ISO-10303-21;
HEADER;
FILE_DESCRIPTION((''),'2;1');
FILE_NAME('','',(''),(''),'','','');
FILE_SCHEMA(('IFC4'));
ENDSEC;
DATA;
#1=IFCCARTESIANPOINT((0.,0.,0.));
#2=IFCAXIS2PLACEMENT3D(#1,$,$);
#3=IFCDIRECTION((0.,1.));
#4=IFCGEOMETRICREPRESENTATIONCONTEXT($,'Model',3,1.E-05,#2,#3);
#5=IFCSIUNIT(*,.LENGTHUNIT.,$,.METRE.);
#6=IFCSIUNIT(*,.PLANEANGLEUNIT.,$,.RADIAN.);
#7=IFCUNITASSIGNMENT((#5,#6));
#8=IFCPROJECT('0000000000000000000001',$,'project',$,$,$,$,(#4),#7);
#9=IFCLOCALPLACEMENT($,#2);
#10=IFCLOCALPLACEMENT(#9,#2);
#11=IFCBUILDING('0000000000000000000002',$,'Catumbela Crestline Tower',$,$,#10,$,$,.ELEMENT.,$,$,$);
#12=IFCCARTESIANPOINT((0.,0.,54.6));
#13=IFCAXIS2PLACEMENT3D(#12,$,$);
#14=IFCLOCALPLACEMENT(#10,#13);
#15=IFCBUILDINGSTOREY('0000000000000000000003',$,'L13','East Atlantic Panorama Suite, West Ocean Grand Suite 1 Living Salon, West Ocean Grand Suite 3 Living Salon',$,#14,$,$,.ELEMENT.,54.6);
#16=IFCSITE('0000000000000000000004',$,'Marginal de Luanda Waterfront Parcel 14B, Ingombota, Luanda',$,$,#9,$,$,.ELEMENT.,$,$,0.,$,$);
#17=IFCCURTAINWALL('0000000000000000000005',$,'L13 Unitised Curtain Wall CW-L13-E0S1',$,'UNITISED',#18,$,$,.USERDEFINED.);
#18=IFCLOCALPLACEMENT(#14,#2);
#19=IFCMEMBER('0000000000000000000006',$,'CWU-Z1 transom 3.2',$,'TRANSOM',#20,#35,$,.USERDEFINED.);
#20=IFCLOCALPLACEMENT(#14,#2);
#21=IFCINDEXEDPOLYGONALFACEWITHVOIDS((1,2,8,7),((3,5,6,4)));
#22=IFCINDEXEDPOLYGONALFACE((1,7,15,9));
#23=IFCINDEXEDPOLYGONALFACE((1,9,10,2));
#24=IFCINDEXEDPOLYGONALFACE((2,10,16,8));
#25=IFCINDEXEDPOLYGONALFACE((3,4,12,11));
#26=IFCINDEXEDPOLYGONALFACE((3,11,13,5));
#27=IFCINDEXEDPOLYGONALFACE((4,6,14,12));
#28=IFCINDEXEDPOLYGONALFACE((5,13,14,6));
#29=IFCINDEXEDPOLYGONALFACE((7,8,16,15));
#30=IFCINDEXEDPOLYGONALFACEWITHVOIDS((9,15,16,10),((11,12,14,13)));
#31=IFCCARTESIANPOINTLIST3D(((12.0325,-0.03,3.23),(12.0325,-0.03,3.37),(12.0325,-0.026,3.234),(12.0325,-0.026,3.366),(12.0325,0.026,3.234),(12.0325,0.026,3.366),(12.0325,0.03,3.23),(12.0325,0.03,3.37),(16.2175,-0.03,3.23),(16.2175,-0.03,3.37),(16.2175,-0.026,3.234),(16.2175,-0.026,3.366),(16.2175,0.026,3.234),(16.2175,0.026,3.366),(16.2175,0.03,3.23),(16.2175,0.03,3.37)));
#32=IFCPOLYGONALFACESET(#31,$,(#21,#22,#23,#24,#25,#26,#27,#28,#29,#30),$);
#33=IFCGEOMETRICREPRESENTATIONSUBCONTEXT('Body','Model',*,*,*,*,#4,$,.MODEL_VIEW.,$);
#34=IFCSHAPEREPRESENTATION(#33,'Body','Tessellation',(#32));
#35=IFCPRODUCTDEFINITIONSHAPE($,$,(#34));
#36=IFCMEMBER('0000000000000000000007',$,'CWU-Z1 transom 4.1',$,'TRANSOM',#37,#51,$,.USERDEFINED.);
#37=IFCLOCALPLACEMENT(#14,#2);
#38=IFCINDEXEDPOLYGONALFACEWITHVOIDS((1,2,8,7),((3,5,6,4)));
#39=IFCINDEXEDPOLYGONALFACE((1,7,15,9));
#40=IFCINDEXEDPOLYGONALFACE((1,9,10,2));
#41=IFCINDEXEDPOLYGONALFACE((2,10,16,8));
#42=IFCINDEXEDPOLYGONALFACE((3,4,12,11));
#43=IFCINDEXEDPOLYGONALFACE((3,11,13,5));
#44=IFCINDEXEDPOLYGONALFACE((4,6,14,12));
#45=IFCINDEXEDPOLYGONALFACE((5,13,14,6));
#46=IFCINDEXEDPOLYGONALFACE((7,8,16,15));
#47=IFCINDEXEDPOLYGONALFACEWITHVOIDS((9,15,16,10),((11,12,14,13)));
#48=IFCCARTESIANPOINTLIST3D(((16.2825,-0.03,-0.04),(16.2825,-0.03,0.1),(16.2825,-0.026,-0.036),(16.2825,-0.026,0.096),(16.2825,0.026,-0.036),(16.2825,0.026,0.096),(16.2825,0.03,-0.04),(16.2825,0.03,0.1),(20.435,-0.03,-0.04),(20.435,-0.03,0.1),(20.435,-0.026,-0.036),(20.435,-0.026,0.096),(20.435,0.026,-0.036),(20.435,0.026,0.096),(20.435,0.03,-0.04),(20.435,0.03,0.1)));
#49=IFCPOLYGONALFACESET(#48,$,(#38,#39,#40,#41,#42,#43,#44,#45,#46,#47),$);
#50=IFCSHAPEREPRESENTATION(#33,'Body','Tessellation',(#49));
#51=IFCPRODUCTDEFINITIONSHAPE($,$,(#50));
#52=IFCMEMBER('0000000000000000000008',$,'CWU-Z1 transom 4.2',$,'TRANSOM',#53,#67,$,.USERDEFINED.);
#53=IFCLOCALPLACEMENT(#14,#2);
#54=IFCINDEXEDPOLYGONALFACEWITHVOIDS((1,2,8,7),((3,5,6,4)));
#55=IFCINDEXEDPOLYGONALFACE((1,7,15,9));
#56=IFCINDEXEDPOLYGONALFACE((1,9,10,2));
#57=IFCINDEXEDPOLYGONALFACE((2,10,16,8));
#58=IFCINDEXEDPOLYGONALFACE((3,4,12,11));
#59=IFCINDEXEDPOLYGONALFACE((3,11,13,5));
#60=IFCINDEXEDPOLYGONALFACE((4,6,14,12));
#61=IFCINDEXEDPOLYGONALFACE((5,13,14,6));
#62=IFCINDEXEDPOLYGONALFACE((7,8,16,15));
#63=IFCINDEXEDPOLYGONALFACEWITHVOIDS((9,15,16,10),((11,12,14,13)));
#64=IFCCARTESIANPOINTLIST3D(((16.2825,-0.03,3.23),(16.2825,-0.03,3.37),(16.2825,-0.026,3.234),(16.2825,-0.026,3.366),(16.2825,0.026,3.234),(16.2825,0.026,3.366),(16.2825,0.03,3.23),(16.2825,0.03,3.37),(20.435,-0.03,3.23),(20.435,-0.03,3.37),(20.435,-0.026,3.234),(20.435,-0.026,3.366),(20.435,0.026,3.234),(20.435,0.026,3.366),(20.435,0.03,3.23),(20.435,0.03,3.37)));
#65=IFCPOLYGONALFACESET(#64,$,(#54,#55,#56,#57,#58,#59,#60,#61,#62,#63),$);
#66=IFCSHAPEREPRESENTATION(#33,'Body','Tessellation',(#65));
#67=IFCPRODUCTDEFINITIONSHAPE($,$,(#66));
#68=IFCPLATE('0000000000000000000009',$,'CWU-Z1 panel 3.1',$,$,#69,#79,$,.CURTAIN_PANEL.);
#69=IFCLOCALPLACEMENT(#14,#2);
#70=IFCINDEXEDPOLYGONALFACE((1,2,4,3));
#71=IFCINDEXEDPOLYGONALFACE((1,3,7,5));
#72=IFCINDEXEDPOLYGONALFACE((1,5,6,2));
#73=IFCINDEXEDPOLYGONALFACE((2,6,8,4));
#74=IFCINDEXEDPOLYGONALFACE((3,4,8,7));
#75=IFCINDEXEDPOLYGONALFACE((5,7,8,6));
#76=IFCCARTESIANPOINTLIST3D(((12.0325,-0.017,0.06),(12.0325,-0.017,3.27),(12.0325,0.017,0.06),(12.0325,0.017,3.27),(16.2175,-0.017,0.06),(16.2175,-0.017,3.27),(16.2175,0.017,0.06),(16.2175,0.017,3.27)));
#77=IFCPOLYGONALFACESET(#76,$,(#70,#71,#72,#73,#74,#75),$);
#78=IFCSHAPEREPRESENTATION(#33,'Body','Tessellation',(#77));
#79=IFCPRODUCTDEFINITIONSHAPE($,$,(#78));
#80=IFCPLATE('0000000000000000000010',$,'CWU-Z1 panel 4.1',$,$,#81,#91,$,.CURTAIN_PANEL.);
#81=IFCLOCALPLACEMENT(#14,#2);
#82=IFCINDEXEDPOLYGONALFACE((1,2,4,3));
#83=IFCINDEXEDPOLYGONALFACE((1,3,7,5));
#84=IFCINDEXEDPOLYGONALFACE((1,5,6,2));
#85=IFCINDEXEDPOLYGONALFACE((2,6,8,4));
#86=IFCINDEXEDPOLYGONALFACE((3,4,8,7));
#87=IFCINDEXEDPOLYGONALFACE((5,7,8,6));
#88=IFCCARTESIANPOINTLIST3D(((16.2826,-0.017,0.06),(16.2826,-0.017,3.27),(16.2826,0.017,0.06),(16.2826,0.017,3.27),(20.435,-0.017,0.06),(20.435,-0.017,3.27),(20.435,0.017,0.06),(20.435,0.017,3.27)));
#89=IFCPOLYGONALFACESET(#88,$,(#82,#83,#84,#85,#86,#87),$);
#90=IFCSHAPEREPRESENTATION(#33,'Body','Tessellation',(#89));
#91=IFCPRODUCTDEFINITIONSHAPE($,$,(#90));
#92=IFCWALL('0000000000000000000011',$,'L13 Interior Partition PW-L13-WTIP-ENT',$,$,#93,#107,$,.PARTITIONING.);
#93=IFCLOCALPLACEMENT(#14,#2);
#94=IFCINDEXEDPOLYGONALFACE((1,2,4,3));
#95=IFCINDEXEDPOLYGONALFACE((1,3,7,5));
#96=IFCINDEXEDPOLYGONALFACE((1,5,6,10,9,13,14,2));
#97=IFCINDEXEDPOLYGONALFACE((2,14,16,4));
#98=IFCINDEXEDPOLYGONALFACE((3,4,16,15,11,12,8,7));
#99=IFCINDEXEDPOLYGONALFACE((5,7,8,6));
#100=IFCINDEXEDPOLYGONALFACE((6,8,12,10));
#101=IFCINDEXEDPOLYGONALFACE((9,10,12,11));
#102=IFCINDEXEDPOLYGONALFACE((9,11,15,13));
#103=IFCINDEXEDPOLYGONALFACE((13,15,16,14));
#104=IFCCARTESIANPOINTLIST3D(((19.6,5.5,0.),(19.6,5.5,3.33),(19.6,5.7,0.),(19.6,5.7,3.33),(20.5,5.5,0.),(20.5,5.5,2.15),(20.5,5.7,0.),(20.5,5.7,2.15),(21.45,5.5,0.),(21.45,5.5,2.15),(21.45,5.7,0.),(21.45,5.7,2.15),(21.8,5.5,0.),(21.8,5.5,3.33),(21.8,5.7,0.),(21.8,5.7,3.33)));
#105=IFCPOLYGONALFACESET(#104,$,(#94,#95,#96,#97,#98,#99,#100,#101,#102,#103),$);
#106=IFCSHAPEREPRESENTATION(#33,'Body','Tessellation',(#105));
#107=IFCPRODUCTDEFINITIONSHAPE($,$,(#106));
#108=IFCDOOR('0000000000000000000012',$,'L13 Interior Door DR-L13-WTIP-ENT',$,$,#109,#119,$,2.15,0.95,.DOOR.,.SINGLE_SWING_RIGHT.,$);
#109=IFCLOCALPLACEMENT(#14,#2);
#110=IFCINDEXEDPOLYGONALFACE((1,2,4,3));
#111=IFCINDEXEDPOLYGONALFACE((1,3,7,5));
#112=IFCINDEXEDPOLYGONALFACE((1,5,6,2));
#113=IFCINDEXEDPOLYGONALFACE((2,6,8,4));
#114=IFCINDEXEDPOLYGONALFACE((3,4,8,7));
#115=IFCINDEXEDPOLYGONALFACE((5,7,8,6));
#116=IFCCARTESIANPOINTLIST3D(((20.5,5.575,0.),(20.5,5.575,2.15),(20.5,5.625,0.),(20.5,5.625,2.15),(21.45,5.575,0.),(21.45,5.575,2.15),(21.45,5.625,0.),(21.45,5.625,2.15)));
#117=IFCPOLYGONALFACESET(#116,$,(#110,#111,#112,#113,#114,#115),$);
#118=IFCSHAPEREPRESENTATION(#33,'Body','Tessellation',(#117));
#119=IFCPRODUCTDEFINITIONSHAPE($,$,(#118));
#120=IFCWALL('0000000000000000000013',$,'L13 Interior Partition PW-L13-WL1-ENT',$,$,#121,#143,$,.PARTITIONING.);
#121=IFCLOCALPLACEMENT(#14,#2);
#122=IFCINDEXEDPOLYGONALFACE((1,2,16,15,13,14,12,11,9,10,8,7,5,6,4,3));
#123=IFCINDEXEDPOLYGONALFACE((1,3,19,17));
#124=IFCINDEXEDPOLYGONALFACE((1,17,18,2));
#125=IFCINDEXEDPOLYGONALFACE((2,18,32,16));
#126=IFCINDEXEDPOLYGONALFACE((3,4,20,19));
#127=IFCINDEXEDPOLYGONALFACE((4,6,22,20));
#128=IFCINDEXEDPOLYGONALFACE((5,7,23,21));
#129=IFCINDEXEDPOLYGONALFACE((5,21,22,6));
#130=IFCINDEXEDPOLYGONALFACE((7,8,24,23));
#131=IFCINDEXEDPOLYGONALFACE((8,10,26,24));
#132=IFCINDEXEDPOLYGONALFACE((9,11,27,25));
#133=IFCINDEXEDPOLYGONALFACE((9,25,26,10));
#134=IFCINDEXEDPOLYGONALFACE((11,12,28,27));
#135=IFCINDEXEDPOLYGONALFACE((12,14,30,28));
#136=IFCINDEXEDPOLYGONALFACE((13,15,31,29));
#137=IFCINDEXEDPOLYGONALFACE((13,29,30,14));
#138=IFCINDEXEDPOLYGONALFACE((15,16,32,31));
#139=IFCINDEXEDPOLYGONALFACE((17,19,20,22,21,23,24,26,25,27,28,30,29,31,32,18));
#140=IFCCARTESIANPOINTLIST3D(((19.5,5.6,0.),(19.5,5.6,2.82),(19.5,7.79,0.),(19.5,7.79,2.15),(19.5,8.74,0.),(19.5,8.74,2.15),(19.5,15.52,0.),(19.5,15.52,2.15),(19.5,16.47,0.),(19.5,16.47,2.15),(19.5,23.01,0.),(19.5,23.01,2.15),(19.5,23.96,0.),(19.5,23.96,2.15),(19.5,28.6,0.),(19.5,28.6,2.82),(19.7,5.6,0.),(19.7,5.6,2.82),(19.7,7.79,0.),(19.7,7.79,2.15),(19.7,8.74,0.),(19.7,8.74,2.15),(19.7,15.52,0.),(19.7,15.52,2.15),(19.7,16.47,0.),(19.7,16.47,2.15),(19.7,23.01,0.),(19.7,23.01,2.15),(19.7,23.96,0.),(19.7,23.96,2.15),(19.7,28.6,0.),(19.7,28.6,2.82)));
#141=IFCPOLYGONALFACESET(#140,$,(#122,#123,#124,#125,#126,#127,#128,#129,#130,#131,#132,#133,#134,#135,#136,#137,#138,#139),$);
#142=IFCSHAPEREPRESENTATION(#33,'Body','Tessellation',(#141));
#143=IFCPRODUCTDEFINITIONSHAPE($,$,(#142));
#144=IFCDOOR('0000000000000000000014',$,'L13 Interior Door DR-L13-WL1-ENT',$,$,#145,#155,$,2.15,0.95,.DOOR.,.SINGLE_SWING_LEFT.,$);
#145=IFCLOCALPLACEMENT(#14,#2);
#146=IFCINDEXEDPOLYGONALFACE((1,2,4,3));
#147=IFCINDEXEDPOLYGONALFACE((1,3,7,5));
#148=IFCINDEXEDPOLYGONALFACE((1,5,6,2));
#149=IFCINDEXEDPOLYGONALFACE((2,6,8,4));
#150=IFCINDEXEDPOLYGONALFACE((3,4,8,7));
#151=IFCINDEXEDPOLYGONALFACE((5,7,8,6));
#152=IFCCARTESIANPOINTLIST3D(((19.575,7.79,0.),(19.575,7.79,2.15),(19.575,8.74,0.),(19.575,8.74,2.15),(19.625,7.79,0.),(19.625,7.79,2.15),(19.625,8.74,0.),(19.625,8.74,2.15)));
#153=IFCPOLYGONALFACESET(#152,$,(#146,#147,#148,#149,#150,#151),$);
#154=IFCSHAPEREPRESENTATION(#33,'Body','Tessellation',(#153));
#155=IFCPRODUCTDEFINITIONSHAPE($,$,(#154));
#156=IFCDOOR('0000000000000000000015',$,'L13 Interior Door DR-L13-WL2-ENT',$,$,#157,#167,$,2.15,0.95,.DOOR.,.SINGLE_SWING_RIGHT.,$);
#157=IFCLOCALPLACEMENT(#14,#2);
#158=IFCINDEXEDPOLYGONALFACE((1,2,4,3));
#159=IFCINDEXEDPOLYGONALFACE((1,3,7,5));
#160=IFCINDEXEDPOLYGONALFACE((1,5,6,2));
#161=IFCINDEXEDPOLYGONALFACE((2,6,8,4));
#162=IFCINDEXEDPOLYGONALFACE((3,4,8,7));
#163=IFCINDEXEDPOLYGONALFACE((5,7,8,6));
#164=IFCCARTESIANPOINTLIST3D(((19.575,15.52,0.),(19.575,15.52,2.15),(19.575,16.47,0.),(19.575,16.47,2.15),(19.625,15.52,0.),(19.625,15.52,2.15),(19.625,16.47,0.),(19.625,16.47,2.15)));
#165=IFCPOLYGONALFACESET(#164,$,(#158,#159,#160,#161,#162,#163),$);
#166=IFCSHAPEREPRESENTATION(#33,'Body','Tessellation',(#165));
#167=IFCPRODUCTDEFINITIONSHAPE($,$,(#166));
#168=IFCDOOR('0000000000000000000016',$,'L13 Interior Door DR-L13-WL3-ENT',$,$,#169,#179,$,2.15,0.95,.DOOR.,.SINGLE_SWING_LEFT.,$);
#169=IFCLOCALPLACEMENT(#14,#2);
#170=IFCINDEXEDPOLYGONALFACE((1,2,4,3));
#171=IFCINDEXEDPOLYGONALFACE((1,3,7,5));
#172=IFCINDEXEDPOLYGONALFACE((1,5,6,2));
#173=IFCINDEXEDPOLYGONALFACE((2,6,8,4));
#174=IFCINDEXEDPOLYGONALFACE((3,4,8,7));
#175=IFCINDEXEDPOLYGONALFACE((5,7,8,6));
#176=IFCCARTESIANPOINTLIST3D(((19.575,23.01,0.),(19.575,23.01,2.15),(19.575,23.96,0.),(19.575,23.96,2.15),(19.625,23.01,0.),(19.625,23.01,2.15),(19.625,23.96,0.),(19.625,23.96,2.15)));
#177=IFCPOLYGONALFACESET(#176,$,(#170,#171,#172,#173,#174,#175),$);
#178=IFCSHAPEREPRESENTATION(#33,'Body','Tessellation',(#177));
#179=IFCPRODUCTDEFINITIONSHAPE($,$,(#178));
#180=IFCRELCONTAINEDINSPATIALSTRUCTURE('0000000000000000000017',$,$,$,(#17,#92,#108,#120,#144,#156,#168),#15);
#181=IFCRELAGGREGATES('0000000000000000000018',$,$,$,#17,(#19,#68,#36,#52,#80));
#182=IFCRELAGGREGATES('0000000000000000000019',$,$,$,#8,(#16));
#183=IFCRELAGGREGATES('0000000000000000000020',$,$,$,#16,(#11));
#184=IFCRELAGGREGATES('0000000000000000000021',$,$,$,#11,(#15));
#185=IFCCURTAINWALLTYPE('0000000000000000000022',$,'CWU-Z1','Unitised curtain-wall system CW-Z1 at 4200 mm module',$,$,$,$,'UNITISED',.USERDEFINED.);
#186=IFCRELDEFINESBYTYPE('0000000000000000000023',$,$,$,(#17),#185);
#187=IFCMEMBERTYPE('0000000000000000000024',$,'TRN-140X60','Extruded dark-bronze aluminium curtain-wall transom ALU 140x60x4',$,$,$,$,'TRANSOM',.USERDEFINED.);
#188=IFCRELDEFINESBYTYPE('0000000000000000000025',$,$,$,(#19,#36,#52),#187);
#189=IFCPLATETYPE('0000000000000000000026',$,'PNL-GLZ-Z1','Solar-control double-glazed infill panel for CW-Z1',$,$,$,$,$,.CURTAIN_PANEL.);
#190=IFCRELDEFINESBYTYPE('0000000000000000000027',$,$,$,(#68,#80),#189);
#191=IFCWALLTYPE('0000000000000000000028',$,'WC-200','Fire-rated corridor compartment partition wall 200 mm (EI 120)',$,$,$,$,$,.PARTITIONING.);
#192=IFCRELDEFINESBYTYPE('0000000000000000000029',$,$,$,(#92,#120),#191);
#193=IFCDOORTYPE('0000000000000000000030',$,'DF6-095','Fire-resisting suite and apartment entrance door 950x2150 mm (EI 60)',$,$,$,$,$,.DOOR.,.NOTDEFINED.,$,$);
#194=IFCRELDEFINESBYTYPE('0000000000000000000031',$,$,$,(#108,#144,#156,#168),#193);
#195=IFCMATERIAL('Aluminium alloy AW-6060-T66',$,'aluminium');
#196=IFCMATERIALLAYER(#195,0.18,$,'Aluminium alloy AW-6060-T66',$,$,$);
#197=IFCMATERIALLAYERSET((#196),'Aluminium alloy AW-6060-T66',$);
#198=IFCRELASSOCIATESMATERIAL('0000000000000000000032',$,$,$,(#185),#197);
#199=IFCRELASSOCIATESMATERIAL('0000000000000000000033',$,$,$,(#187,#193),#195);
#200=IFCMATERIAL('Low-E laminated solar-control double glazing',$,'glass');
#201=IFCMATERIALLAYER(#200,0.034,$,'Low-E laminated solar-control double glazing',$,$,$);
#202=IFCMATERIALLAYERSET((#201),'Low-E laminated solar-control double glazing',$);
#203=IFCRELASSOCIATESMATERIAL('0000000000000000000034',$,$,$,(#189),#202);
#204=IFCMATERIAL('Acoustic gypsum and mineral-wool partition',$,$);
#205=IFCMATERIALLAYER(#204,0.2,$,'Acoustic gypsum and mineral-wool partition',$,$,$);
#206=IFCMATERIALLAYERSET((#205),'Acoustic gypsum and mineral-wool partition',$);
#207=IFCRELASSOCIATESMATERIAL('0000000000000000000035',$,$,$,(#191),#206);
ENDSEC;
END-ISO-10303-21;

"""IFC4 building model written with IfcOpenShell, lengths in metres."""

from ifc_helpers import new_model, si_unit, direction, frame, frame_2d, origin, origin_2d, place, context, subcontext, project, spatial, rectangle, hollow_rectangle, extrude, material, layer, layer_set, material_profile, profile_set, type_object, element, fill, aggregate, save


model = new_model("IFC4")

# Units and contexts
model_context = context("Model", 3, precision=1e-05, world=origin(), true_north=direction((0.0, 1.0)))
body_context = subcontext(model_context, "Body", "Model", "MODEL_VIEW")
ifc_project = project(units=[si_unit("LENGTHUNIT", "METRE"), si_unit("PLANEANGLEUNIT", "RADIAN")], contexts=[model_context])

# Site, building, storey
site_placement = place(None, origin())
site = spatial("IfcSite", under=ifc_project, at=site_placement, Name="Marginal de Luanda Waterfront Parcel 14B, Ingombota, Luanda", CompositionType="ELEMENT", RefElevation=0.0)
building_placement = place(site_placement, origin())
building = spatial("IfcBuilding", under=site, at=building_placement, Name="Catumbela Crestline Tower", CompositionType="ELEMENT")
storey_placement = place(building_placement, frame((0.0, 0.0, 54.6)))
storey = spatial("IfcBuildingStorey", under=building, at=storey_placement, Name="L13", Description="East Atlantic Panorama Suite, West Ocean Grand Suite 1 Living Salon, West Ocean Grand Suite 3 Living Salon", CompositionType="ELEMENT", Elevation=54.6)

# Curtain wall, members, plates
ifc_material_1 = material(Name="Aluminium alloy AW-6060-T66", Category="aluminium")
ifc_layer_1 = layer(ifc_material_1, 0.18, Name="Aluminium alloy AW-6060-T66")
ifc_layer_set_1 = layer_set([ifc_layer_1], Name="Aluminium alloy AW-6060-T66")
curtain_wall_type = type_object("IfcCurtainWallType", Name="CWU-Z1", Description="Unitised curtain-wall system CW-Z1 at 4200 mm module", ElementType="UNITISED", PredefinedType="USERDEFINED", material=ifc_layer_set_1)
curtain_wall_placement = place(storey_placement, origin())
curtain_wall = element("IfcCurtainWall", 1, at=curtain_wall_placement, inside=storey, type_object=curtain_wall_type, Name="L13 Unitised Curtain Wall CW-L13-E0S1", ObjectType="UNITISED", PredefinedType="USERDEFINED")
ifc_material_profile_1 = material_profile(ifc_material_1, hollow_rectangle(XDim=0.06, YDim=0.14, WallThickness=0.004, at=origin_2d()), Name="ALU 140x60x4")
ifc_profile_set_1 = profile_set([ifc_material_profile_1], Name="Aluminium alloy AW-6060-T66")
member_type_1 = type_object("IfcMemberType", Name="TRN-140X60", Description="Extruded dark-bronze aluminium curtain-wall transom ALU 140x60x4", ElementType="TRANSOM", PredefinedType="USERDEFINED", material=ifc_profile_set_1)
member_1_placement = place(storey_placement, frame((12.0325, 0.0, 3.3), z_axis=(1.0, 0.0, 0.0), x_axis=(0.0, 1.0, 0.0)))
member_1 = element("IfcMember", 2, at=member_1_placement, type_object=member_type_1, Name="CWU-Z1 transom 3.2", ObjectType="TRANSOM", PredefinedType="USERDEFINED", context=body_context, shape_type="SweptSolid", body=[
    extrude(hollow_rectangle(XDim=0.06, YDim=0.14, WallThickness=0.004, at=origin_2d()), origin(), (0.0, 0.0, 1.0), 4.185),
])
member_2_placement = place(storey_placement, frame((16.2825, 0.0, 0.03), z_axis=(1.0, 0.0, 0.0), x_axis=(0.0, 1.0, 0.0)))
member_2 = element("IfcMember", 3, at=member_2_placement, type_object=member_type_1, Name="CWU-Z1 transom 4.1", ObjectType="TRANSOM", PredefinedType="USERDEFINED", context=body_context, shape_type="SweptSolid", body=[
    extrude(hollow_rectangle(XDim=0.06, YDim=0.14, WallThickness=0.004, at=origin_2d()), origin(), (0.0, 0.0, 1.0), 4.1525),
])
member_3_placement = place(storey_placement, frame((16.2825, 0.0, 3.3), z_axis=(1.0, 0.0, 0.0), x_axis=(0.0, 1.0, 0.0)))
member_3 = element("IfcMember", 4, at=member_3_placement, type_object=member_type_1, Name="CWU-Z1 transom 4.2", ObjectType="TRANSOM", PredefinedType="USERDEFINED", context=body_context, shape_type="SweptSolid", body=[
    extrude(hollow_rectangle(XDim=0.06, YDim=0.14, WallThickness=0.004, at=origin_2d()), origin(), (0.0, 0.0, 1.0), 4.1525),
])
ifc_material_2 = material(Name="Low-E laminated solar-control double glazing", Category="glass")
ifc_layer_2 = layer(ifc_material_2, 0.034, Name="Low-E laminated solar-control double glazing")
ifc_layer_set_2 = layer_set([ifc_layer_2], Name="Low-E laminated solar-control double glazing")
plate_type = type_object("IfcPlateType", Name="PNL-GLZ-Z1", Description="Solar-control double-glazed infill panel for CW-Z1", PredefinedType="CURTAIN_PANEL", material=ifc_layer_set_2)
plate_1_placement = place(storey_placement, frame((14.125, 0.0, 0.06), z_axis=(0.0, 0.0, 1.0), x_axis=(1.0, 0.0, 0.0)))
plate_1 = element("IfcPlate", 5, at=plate_1_placement, type_object=plate_type, Name="CWU-Z1 panel 3.1", PredefinedType="CURTAIN_PANEL", context=body_context, shape_type="SweptSolid", body=[
    extrude(rectangle(XDim=4.185, YDim=0.034, at=origin_2d()), origin(), (0.0, 0.0, 1.0), 3.21),
])
plate_2_placement = place(storey_placement, frame((18.3588, 0.0, 0.06), z_axis=(0.0, 0.0, 1.0), x_axis=(1.0, 0.0, 0.0)))
plate_2 = element("IfcPlate", 6, at=plate_2_placement, type_object=plate_type, Name="CWU-Z1 panel 4.1", PredefinedType="CURTAIN_PANEL", context=body_context, shape_type="SweptSolid", body=[
    extrude(rectangle(XDim=4.1525, YDim=0.034, at=origin_2d()), origin(), (0.0, 0.0, 1.0), 3.21),
])
aggregate(curtain_wall, [member_1, plate_1, member_2, member_3, plate_2])

# Wall, opening, door
ifc_material_3 = material(Name="Acoustic gypsum and mineral-wool partition")
ifc_layer_3 = layer(ifc_material_3, 0.2, Name="Acoustic gypsum and mineral-wool partition")
ifc_layer_set_3 = layer_set([ifc_layer_3], Name="Acoustic gypsum and mineral-wool partition")
wall_type = type_object("IfcWallType", Name="WC-200", Description="Fire-rated corridor compartment partition wall 200 mm (EI 120)", PredefinedType="PARTITIONING", material=ifc_layer_set_3)
wall_1_placement = place(storey_placement, frame((19.6, 5.6, 0.0), z_axis=(0.0, 0.0, 1.0), x_axis=(1.0, 0.0, 0.0)))
wall_1 = element("IfcWall", 7, at=wall_1_placement, inside=storey, type_object=wall_type, Name="L13 Interior Partition PW-L13-WTIP-ENT", PredefinedType="PARTITIONING", context=body_context, shape_type="SweptSolid", body=[
    extrude(rectangle(XDim=2.2, YDim=0.2, at=frame_2d((1.1, 0.0))), origin(), (0.0, 0.0, 1.0), 3.33),
])
opening_1_placement = place(wall_1_placement, frame((0.9, 0.0, 0.0)))
opening_1 = element("IfcOpeningElement", 8, at=opening_1_placement, cuts=wall_1, PredefinedType="OPENING", context=body_context, shape_type="SweptSolid", body=[
    extrude(rectangle(XDim=0.95, YDim=2.15, at=frame_2d((0.475, 1.075))), frame((0.0, 0.11, 0.0), z_axis=(0.0, -1.0, 0.0), x_axis=(1.0, 0.0, 0.0)), (0.0, 0.0, 1.0), 0.22),
])
door_type = type_object("IfcDoorType", Name="DF6-095", Description="Fire-resisting suite and apartment entrance door 950x2150 mm (EI 60)", OperationType="NOTDEFINED", PredefinedType="DOOR", material=ifc_material_1)
door_1_placement = place(opening_1_placement, origin())
door_1 = element("IfcDoor", 9, at=door_1_placement, inside=storey, type_object=door_type, Name="L13 Interior Door DR-L13-WTIP-ENT", OperationType="SINGLE_SWING_RIGHT", OverallHeight=2.15, OverallWidth=0.95, PredefinedType="DOOR", context=body_context, shape_type="SweptSolid", body=[
    extrude(rectangle(XDim=0.95, YDim=2.15, at=frame_2d((0.475, 1.075))), frame((0.0, 0.025, 0.0), z_axis=(0.0, -1.0, 0.0), x_axis=(1.0, 0.0, 0.0)), (0.0, 0.0, 1.0), 0.05),
])
fill(opening_1, door_1)

# Wall, openings, doors
wall_2_placement = place(storey_placement, frame((19.6, 5.6, 0.0), z_axis=(0.0, 0.0, 1.0), x_axis=(0.0, 1.0, 0.0)))
wall_2 = element("IfcWall", 10, at=wall_2_placement, inside=storey, type_object=wall_type, Name="L13 Interior Partition PW-L13-WL1-ENT", PredefinedType="PARTITIONING", context=body_context, shape_type="SweptSolid", body=[
    extrude(rectangle(XDim=23.0, YDim=0.2, at=frame_2d((11.5, 0.0))), origin(), (0.0, 0.0, 1.0), 2.82),
])
opening_2_placement = place(wall_2_placement, frame((2.19, 0.0, 0.0)))
opening_2 = element("IfcOpeningElement", 11, at=opening_2_placement, cuts=wall_2, PredefinedType="OPENING", context=body_context, shape_type="SweptSolid", body=[
    extrude(rectangle(XDim=0.95, YDim=2.15, at=frame_2d((0.475, 1.075))), frame((0.0, 0.11, 0.0), z_axis=(0.0, -1.0, 0.0), x_axis=(1.0, 0.0, 0.0)), (0.0, 0.0, 1.0), 0.22),
])
opening_3_placement = place(wall_2_placement, frame((9.92, 0.0, 0.0)))
opening_3 = element("IfcOpeningElement", 12, at=opening_3_placement, cuts=wall_2, PredefinedType="OPENING", context=body_context, shape_type="SweptSolid", body=[
    extrude(rectangle(XDim=0.95, YDim=2.15, at=frame_2d((0.475, 1.075))), frame((0.0, 0.11, 0.0), z_axis=(0.0, -1.0, 0.0), x_axis=(1.0, 0.0, 0.0)), (0.0, 0.0, 1.0), 0.22),
])
opening_4_placement = place(wall_2_placement, frame((17.41, 0.0, 0.0)))
opening_4 = element("IfcOpeningElement", 13, at=opening_4_placement, cuts=wall_2, PredefinedType="OPENING", context=body_context, shape_type="SweptSolid", body=[
    extrude(rectangle(XDim=0.95, YDim=2.15, at=frame_2d((0.475, 1.075))), frame((0.0, 0.11, 0.0), z_axis=(0.0, -1.0, 0.0), x_axis=(1.0, 0.0, 0.0)), (0.0, 0.0, 1.0), 0.22),
])
door_2_placement = place(opening_2_placement, origin())
door_2 = element("IfcDoor", 14, at=door_2_placement, inside=storey, type_object=door_type, Name="L13 Interior Door DR-L13-WL1-ENT", OperationType="SINGLE_SWING_LEFT", OverallHeight=2.15, OverallWidth=0.95, PredefinedType="DOOR", context=body_context, shape_type="SweptSolid", body=[
    extrude(rectangle(XDim=0.95, YDim=2.15, at=frame_2d((0.475, 1.075))), frame((0.0, 0.025, 0.0), z_axis=(0.0, -1.0, 0.0), x_axis=(1.0, 0.0, 0.0)), (0.0, 0.0, 1.0), 0.05),
])
fill(opening_2, door_2)
door_3_placement = place(opening_3_placement, origin())
door_3 = element("IfcDoor", 15, at=door_3_placement, inside=storey, type_object=door_type, Name="L13 Interior Door DR-L13-WL2-ENT", OperationType="SINGLE_SWING_RIGHT", OverallHeight=2.15, OverallWidth=0.95, PredefinedType="DOOR", context=body_context, shape_type="SweptSolid", body=[
    extrude(rectangle(XDim=0.95, YDim=2.15, at=frame_2d((0.475, 1.075))), frame((0.0, 0.025, 0.0), z_axis=(0.0, -1.0, 0.0), x_axis=(1.0, 0.0, 0.0)), (0.0, 0.0, 1.0), 0.05),
])
fill(opening_3, door_3)
door_4_placement = place(opening_4_placement, origin())
door_4 = element("IfcDoor", 16, at=door_4_placement, inside=storey, type_object=door_type, Name="L13 Interior Door DR-L13-WL3-ENT", OperationType="SINGLE_SWING_LEFT", OverallHeight=2.15, OverallWidth=0.95, PredefinedType="DOOR", context=body_context, shape_type="SweptSolid", body=[
    extrude(rectangle(XDim=0.95, YDim=2.15, at=frame_2d((0.475, 1.075))), frame((0.0, 0.025, 0.0), z_axis=(0.0, -1.0, 0.0), x_axis=(1.0, 0.0, 0.0)), (0.0, 0.0, 1.0), 0.05),
])
fill(opening_4, door_4)

save(model, "model.ifc")
